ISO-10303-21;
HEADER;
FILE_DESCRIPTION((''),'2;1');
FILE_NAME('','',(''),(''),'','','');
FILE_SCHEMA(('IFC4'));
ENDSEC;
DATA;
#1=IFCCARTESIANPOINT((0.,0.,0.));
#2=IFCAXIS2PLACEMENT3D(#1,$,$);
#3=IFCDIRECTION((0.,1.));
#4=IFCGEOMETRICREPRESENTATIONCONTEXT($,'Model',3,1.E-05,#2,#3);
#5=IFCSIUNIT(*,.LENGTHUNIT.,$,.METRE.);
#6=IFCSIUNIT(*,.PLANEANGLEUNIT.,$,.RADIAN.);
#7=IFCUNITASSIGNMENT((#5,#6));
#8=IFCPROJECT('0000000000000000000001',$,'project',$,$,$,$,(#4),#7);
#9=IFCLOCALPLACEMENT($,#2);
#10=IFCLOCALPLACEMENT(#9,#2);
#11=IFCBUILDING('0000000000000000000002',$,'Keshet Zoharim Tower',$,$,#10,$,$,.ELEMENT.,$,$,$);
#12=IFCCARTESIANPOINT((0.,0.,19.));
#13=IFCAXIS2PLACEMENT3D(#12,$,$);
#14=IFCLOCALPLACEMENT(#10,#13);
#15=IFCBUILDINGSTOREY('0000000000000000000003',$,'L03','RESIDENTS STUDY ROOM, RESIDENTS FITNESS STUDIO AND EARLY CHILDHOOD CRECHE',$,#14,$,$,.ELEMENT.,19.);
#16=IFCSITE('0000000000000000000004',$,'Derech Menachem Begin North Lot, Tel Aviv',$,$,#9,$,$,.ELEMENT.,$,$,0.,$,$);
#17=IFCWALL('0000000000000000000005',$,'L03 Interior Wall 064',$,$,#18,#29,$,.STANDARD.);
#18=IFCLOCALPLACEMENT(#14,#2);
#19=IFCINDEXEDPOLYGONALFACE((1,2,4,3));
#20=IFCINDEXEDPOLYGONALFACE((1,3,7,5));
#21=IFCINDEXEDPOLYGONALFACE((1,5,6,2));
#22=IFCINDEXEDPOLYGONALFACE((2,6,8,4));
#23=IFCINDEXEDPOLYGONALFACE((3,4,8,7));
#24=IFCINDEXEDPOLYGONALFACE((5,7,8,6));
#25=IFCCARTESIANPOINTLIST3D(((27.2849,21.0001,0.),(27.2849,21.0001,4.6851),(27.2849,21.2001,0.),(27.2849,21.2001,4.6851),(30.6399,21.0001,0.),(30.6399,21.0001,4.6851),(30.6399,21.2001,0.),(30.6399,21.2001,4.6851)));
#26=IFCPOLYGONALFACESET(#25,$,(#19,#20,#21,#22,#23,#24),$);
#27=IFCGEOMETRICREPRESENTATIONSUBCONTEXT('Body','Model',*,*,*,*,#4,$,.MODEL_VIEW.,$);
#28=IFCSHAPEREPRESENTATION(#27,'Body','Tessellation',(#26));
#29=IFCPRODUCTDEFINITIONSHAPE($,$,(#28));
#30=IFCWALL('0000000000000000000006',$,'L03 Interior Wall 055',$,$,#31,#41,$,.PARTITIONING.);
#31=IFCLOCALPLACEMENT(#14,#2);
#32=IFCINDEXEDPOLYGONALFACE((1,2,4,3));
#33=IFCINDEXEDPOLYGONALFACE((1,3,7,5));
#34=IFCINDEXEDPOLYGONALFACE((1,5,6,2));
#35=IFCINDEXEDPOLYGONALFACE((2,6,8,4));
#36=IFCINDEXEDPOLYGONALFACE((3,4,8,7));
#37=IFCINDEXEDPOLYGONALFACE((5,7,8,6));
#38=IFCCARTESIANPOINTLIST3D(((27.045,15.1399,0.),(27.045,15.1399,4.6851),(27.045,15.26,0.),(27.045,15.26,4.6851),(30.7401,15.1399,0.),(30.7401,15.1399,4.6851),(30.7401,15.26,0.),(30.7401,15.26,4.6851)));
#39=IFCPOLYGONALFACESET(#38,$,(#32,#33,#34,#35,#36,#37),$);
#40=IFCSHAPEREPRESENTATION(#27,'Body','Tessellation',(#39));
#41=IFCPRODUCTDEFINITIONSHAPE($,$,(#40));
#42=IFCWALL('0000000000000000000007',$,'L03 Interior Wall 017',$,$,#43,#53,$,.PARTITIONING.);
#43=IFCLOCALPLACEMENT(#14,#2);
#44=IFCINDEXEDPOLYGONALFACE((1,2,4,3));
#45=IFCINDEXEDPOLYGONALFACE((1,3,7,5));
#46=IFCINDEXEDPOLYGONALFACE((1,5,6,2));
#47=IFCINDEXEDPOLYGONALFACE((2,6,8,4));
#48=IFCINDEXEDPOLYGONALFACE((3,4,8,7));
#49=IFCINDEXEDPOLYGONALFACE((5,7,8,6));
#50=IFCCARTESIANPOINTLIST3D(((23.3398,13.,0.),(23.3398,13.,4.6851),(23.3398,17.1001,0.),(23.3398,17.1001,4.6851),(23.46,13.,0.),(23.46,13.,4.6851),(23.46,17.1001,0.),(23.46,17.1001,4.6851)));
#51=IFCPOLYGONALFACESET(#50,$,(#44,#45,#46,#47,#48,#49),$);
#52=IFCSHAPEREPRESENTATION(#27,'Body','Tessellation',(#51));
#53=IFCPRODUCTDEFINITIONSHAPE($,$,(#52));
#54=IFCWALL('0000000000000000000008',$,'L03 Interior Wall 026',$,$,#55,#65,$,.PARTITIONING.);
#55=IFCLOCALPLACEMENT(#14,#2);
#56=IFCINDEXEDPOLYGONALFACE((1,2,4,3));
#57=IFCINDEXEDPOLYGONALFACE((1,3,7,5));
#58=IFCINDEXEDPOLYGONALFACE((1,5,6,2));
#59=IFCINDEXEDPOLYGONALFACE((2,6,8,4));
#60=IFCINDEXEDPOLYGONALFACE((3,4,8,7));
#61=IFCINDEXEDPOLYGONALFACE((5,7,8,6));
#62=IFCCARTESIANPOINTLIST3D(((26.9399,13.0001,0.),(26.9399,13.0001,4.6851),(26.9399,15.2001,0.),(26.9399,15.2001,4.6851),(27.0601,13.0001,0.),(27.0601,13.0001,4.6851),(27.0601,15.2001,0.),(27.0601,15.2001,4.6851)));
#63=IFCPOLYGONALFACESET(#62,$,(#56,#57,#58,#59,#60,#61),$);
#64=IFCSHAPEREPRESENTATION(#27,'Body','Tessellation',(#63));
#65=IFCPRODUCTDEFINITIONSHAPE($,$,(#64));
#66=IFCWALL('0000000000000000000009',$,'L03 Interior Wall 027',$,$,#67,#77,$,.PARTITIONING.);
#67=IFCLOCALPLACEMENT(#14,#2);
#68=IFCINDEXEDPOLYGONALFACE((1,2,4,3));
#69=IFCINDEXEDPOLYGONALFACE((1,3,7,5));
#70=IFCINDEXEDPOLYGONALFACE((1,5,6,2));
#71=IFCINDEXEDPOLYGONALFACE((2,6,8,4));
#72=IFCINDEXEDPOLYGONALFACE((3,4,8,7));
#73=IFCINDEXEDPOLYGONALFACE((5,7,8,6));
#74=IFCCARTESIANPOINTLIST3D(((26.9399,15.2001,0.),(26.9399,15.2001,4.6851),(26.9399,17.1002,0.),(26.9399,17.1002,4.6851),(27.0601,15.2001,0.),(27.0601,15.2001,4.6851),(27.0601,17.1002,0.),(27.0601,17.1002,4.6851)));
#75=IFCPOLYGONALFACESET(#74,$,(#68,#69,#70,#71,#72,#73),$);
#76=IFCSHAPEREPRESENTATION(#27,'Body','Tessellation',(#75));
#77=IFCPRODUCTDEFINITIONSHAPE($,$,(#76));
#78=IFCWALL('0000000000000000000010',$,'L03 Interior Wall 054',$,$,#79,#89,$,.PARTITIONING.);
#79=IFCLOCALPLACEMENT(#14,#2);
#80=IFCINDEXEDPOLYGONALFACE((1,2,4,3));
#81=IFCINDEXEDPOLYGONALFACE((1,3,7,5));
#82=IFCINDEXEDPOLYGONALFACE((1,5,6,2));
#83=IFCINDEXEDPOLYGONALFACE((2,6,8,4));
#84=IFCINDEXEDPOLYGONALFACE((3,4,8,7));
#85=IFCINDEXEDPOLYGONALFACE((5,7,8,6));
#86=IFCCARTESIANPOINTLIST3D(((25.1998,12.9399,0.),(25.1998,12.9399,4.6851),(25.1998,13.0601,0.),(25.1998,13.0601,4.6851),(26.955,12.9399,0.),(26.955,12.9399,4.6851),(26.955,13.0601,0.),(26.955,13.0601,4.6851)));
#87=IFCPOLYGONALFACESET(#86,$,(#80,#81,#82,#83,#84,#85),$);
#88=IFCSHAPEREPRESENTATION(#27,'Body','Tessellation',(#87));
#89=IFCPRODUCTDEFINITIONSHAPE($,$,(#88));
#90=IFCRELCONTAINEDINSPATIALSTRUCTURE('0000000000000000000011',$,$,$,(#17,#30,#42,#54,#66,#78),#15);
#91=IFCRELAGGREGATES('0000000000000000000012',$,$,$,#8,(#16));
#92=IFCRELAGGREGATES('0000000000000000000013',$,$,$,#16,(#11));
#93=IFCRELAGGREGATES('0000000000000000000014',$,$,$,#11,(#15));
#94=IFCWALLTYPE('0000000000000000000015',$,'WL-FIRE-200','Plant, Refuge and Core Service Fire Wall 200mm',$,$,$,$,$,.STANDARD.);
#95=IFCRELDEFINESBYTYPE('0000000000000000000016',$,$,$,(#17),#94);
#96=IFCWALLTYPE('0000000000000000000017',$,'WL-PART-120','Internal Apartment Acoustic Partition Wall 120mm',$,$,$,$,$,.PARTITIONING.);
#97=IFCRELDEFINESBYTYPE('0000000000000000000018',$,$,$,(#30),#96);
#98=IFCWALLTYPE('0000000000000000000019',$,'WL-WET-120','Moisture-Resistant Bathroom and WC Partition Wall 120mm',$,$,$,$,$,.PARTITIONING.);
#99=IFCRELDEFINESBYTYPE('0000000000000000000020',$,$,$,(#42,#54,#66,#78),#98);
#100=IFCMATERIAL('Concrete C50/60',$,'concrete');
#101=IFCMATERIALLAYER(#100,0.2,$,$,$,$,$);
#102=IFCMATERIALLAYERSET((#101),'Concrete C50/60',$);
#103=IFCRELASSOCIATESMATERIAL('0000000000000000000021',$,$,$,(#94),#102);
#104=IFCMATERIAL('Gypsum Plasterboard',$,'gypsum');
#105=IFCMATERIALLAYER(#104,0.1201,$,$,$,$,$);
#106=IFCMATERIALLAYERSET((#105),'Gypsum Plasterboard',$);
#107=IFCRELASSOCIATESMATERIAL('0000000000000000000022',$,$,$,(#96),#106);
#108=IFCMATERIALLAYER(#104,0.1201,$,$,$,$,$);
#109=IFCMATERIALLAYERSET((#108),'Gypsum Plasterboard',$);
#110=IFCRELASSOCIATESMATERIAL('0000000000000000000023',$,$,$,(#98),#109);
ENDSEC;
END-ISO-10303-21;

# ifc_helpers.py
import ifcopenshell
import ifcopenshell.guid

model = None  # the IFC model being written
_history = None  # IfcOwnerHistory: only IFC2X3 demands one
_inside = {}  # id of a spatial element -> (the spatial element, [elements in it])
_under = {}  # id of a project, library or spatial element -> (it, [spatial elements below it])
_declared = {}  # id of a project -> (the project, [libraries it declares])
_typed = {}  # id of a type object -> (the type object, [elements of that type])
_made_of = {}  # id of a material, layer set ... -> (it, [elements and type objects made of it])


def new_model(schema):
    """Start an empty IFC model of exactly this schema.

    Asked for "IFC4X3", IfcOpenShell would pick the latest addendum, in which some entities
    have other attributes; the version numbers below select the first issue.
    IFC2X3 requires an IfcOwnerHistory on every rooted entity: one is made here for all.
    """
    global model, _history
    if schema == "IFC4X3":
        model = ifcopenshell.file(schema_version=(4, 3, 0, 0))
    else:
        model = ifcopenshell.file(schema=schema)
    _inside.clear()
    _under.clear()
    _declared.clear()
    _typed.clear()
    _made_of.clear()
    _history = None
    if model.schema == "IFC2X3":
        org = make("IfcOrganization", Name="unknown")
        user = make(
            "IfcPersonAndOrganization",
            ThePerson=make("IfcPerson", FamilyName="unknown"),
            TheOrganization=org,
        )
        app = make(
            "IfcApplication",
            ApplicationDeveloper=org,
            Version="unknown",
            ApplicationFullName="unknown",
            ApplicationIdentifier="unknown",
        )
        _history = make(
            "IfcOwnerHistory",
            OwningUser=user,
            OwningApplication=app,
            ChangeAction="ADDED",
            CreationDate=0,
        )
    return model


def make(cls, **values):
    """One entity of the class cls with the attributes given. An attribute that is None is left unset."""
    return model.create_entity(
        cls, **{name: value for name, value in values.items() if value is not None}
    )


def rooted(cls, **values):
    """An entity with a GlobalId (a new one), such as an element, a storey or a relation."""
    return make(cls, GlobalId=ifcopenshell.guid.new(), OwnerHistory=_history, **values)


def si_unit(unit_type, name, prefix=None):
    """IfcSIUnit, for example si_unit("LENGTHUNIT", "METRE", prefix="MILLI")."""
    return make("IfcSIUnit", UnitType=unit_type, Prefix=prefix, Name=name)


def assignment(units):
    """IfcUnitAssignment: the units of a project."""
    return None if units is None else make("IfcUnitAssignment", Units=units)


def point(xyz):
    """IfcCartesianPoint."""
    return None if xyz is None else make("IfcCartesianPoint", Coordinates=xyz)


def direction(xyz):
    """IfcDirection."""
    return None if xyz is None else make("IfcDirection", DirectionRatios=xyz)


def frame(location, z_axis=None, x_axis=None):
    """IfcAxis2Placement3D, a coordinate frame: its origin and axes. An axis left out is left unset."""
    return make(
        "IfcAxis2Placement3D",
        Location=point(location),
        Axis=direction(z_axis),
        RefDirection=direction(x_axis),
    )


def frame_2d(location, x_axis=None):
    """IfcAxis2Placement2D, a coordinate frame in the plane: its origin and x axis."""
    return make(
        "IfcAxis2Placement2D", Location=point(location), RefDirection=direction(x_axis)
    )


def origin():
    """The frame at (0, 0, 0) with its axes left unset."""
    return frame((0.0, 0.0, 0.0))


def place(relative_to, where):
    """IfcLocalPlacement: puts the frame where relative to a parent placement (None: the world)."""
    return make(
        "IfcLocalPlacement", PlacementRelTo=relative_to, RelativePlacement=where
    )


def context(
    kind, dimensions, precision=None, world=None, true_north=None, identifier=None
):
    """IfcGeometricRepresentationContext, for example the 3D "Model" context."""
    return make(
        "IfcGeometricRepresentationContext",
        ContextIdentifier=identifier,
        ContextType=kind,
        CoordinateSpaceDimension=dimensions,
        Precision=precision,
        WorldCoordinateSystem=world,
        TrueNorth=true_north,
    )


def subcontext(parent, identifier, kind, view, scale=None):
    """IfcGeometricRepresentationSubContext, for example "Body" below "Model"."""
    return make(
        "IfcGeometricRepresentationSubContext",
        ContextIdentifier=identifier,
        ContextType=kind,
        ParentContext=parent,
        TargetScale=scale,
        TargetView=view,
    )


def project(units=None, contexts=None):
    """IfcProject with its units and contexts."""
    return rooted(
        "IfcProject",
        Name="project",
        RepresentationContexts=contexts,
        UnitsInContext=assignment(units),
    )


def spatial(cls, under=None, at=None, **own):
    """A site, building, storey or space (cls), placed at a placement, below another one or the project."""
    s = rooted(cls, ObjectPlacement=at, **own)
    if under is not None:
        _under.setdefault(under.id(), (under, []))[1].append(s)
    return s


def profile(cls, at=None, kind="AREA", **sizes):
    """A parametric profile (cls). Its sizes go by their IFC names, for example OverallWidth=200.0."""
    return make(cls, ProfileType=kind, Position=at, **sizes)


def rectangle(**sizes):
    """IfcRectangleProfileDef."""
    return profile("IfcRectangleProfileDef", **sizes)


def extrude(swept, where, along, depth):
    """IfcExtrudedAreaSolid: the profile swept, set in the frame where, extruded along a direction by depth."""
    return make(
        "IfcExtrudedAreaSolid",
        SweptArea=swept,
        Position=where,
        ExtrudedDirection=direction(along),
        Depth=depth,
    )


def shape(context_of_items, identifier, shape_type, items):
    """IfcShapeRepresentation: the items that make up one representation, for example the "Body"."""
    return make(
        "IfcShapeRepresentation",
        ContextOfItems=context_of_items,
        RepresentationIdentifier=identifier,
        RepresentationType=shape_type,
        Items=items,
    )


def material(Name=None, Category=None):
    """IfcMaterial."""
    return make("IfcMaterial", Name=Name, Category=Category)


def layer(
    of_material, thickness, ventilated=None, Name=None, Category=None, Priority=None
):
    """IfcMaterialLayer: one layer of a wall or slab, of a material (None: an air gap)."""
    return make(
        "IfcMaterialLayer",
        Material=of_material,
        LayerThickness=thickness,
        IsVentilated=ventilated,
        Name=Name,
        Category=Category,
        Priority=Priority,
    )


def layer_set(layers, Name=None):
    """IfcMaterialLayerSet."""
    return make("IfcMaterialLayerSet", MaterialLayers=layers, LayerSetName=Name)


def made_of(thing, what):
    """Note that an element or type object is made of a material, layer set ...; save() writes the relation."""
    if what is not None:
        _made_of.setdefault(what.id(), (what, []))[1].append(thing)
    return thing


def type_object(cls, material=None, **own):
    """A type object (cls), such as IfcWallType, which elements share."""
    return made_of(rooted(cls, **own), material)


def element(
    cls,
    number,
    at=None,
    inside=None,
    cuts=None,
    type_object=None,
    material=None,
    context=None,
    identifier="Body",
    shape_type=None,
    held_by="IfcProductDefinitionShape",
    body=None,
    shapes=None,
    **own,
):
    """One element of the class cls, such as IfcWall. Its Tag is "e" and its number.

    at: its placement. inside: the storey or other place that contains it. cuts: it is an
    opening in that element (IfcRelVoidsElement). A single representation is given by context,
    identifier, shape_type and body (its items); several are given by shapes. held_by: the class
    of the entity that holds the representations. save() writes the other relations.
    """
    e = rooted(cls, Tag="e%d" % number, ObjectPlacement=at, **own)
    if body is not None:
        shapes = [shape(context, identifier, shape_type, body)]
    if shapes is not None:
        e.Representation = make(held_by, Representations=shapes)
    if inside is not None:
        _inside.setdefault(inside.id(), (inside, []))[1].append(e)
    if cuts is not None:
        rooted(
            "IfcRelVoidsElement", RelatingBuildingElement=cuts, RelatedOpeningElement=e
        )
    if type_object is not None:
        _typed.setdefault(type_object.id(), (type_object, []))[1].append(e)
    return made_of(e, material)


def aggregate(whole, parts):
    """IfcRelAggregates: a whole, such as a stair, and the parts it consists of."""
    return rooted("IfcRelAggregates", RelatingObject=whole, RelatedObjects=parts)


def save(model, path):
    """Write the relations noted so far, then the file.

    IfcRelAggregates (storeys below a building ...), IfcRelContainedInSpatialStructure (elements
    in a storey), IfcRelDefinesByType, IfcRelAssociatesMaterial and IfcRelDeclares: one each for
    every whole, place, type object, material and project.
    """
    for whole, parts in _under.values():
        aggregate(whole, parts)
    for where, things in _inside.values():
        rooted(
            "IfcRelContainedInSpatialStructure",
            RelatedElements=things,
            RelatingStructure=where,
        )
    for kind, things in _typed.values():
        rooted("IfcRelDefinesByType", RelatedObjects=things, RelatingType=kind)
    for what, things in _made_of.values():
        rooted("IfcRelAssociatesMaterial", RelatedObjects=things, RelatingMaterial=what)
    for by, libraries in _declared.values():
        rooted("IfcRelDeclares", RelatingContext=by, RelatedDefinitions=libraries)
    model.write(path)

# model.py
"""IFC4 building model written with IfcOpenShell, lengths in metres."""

from ifc_helpers import new_model, si_unit, direction, frame, frame_2d, origin, place, context, subcontext, project, spatial, rectangle, extrude, material, layer, layer_set, type_object, element, save


model = new_model("IFC4")

# Units and contexts
model_context = context("Model", 3, precision=1e-05, world=origin(), true_north=direction((0.0, 1.0)))
body_context = subcontext(model_context, "Body", "Model", "MODEL_VIEW")
ifc_project = project(units=[si_unit("LENGTHUNIT", "METRE"), si_unit("PLANEANGLEUNIT", "RADIAN")], contexts=[model_context])

# Site, building, storey
site_placement = place(None, origin())
site = spatial("IfcSite", under=ifc_project, at=site_placement, Name="Derech Menachem Begin North Lot, Tel Aviv", CompositionType="ELEMENT", RefElevation=0.0)
building_placement = place(site_placement, origin())
building = spatial("IfcBuilding", under=site, at=building_placement, Name="Keshet Zoharim Tower", CompositionType="ELEMENT")
storey_placement = place(building_placement, frame((0.0, 0.0, 19.0)))
storey = spatial("IfcBuildingStorey", under=building, at=storey_placement, Name="L03", Description="RESIDENTS STUDY ROOM, RESIDENTS FITNESS STUDIO AND EARLY CHILDHOOD CRECHE", CompositionType="ELEMENT", Elevation=19.0)

# Shared definitions
ifc_material_1 = material(Name="Gypsum Plasterboard", Category="gypsum")

# Shared definitions
ifc_material_2 = material(Name="Concrete C50/60", Category="concrete")
ifc_layer_1 = layer(ifc_material_2, 0.2)
ifc_layer_set_1 = layer_set([ifc_layer_1], Name="Concrete C50/60")
wall_type_1 = type_object("IfcWallType", Name="WL-FIRE-200", Description="Plant, Refuge and Core Service Fire Wall 200mm", PredefinedType="STANDARD", material=ifc_layer_set_1)

# Walls
wall_1_placement = place(storey_placement, frame((27.2849, 21.1001, 0.0), z_axis=(0.0, 0.0, 1.0), x_axis=(1.0, 0.0, 0.0)))
element("IfcWall", 1, at=wall_1_placement, inside=storey, type_object=wall_type_1, Name="L03 Interior Wall 064", PredefinedType="STANDARD", context=body_context, shape_type="SweptSolid", body=[
    extrude(rectangle(XDim=3.355, YDim=0.2, at=frame_2d((1.6775, 0.0))), origin(), (0.0, 0.0, 1.0), 4.6851),
])
ifc_layer_2 = layer(ifc_material_1, 0.1201)
ifc_layer_set_2 = layer_set([ifc_layer_2], Name="Gypsum Plasterboard")
wall_type_2 = type_object("IfcWallType", Name="WL-PART-120", Description="Internal Apartment Acoustic Partition Wall 120mm", PredefinedType="PARTITIONING", material=ifc_layer_set_2)
wall_2_placement = place(storey_placement, frame((27.0449, 15.2, 0.0), z_axis=(0.0, 0.0, 1.0), x_axis=(1.0, 0.0, 0.0)))
element("IfcWall", 2, at=wall_2_placement, inside=storey, type_object=wall_type_2, Name="L03 Interior Wall 055", PredefinedType="PARTITIONING", context=body_context, shape_type="SweptSolid", body=[
    extrude(rectangle(XDim=3.6951, YDim=0.1201, at=frame_2d((1.8477, 0.0))), origin(), (0.0, 0.0, 1.0), 4.6851),
])
ifc_layer_3 = layer(ifc_material_1, 0.1201)
ifc_layer_set_3 = layer_set([ifc_layer_3], Name="Gypsum Plasterboard")
wall_type_3 = type_object("IfcWallType", Name="WL-WET-120", Description="Moisture-Resistant Bathroom and WC Partition Wall 120mm", PredefinedType="PARTITIONING", material=ifc_layer_set_3)
wall_3_placement = place(storey_placement, frame((23.3999, 13.0, 0.0), z_axis=(0.0, 0.0, 1.0), x_axis=(0.0, 1.0, 0.0)))
element("IfcWall", 3, at=wall_3_placement, inside=storey, type_object=wall_type_3, Name="L03 Interior Wall 017", PredefinedType="PARTITIONING", context=body_context, shape_type="SweptSolid", body=[
    extrude(rectangle(XDim=4.1001, YDim=0.1201, at=frame_2d((2.05, 0.0))), origin(), (0.0, 0.0, 1.0), 4.6851),
])
wall_4_placement = place(storey_placement, frame((27.0, 13.0, 0.0), z_axis=(0.0, 0.0, 1.0), x_axis=(0.0, 1.0, 0.0)))
element("IfcWall", 4, at=wall_4_placement, inside=storey, type_object=wall_type_3, Name="L03 Interior Wall 026", PredefinedType="PARTITIONING", context=body_context, shape_type="SweptSolid", body=[
    extrude(rectangle(XDim=2.2, YDim=0.1201, at=frame_2d((1.1001, 0.0))), origin(), (0.0, 0.0, 1.0), 4.6851),
])
wall_5_placement = place(storey_placement, frame((27.0, 15.2, 0.0), z_axis=(0.0, 0.0, 1.0), x_axis=(0.0, 1.0, 0.0)))
element("IfcWall", 5, at=wall_5_placement, inside=storey, type_object=wall_type_3, Name="L03 Interior Wall 027", PredefinedType="PARTITIONING", context=body_context, shape_type="SweptSolid", body=[
    extrude(rectangle(XDim=1.9001, YDim=0.1201, at=frame_2d((0.9502, 0.0))), origin(), (0.0, 0.0, 1.0), 4.6851),
])
wall_6_placement = place(storey_placement, frame((25.2, 13.0, 0.0), z_axis=(0.0, 0.0, 1.0), x_axis=(1.0, 0.0, 0.0)))
element("IfcWall", 6, at=wall_6_placement, inside=storey, type_object=wall_type_3, Name="L03 Interior Wall 054", PredefinedType="PARTITIONING", context=body_context, shape_type="SweptSolid", body=[
    extrude(rectangle(XDim=1.7551, YDim=0.1201, at=frame_2d((0.8774, 0.0))), origin(), (0.0, 0.0, 1.0), 4.6851),
])

save(model, "model.ifc")
